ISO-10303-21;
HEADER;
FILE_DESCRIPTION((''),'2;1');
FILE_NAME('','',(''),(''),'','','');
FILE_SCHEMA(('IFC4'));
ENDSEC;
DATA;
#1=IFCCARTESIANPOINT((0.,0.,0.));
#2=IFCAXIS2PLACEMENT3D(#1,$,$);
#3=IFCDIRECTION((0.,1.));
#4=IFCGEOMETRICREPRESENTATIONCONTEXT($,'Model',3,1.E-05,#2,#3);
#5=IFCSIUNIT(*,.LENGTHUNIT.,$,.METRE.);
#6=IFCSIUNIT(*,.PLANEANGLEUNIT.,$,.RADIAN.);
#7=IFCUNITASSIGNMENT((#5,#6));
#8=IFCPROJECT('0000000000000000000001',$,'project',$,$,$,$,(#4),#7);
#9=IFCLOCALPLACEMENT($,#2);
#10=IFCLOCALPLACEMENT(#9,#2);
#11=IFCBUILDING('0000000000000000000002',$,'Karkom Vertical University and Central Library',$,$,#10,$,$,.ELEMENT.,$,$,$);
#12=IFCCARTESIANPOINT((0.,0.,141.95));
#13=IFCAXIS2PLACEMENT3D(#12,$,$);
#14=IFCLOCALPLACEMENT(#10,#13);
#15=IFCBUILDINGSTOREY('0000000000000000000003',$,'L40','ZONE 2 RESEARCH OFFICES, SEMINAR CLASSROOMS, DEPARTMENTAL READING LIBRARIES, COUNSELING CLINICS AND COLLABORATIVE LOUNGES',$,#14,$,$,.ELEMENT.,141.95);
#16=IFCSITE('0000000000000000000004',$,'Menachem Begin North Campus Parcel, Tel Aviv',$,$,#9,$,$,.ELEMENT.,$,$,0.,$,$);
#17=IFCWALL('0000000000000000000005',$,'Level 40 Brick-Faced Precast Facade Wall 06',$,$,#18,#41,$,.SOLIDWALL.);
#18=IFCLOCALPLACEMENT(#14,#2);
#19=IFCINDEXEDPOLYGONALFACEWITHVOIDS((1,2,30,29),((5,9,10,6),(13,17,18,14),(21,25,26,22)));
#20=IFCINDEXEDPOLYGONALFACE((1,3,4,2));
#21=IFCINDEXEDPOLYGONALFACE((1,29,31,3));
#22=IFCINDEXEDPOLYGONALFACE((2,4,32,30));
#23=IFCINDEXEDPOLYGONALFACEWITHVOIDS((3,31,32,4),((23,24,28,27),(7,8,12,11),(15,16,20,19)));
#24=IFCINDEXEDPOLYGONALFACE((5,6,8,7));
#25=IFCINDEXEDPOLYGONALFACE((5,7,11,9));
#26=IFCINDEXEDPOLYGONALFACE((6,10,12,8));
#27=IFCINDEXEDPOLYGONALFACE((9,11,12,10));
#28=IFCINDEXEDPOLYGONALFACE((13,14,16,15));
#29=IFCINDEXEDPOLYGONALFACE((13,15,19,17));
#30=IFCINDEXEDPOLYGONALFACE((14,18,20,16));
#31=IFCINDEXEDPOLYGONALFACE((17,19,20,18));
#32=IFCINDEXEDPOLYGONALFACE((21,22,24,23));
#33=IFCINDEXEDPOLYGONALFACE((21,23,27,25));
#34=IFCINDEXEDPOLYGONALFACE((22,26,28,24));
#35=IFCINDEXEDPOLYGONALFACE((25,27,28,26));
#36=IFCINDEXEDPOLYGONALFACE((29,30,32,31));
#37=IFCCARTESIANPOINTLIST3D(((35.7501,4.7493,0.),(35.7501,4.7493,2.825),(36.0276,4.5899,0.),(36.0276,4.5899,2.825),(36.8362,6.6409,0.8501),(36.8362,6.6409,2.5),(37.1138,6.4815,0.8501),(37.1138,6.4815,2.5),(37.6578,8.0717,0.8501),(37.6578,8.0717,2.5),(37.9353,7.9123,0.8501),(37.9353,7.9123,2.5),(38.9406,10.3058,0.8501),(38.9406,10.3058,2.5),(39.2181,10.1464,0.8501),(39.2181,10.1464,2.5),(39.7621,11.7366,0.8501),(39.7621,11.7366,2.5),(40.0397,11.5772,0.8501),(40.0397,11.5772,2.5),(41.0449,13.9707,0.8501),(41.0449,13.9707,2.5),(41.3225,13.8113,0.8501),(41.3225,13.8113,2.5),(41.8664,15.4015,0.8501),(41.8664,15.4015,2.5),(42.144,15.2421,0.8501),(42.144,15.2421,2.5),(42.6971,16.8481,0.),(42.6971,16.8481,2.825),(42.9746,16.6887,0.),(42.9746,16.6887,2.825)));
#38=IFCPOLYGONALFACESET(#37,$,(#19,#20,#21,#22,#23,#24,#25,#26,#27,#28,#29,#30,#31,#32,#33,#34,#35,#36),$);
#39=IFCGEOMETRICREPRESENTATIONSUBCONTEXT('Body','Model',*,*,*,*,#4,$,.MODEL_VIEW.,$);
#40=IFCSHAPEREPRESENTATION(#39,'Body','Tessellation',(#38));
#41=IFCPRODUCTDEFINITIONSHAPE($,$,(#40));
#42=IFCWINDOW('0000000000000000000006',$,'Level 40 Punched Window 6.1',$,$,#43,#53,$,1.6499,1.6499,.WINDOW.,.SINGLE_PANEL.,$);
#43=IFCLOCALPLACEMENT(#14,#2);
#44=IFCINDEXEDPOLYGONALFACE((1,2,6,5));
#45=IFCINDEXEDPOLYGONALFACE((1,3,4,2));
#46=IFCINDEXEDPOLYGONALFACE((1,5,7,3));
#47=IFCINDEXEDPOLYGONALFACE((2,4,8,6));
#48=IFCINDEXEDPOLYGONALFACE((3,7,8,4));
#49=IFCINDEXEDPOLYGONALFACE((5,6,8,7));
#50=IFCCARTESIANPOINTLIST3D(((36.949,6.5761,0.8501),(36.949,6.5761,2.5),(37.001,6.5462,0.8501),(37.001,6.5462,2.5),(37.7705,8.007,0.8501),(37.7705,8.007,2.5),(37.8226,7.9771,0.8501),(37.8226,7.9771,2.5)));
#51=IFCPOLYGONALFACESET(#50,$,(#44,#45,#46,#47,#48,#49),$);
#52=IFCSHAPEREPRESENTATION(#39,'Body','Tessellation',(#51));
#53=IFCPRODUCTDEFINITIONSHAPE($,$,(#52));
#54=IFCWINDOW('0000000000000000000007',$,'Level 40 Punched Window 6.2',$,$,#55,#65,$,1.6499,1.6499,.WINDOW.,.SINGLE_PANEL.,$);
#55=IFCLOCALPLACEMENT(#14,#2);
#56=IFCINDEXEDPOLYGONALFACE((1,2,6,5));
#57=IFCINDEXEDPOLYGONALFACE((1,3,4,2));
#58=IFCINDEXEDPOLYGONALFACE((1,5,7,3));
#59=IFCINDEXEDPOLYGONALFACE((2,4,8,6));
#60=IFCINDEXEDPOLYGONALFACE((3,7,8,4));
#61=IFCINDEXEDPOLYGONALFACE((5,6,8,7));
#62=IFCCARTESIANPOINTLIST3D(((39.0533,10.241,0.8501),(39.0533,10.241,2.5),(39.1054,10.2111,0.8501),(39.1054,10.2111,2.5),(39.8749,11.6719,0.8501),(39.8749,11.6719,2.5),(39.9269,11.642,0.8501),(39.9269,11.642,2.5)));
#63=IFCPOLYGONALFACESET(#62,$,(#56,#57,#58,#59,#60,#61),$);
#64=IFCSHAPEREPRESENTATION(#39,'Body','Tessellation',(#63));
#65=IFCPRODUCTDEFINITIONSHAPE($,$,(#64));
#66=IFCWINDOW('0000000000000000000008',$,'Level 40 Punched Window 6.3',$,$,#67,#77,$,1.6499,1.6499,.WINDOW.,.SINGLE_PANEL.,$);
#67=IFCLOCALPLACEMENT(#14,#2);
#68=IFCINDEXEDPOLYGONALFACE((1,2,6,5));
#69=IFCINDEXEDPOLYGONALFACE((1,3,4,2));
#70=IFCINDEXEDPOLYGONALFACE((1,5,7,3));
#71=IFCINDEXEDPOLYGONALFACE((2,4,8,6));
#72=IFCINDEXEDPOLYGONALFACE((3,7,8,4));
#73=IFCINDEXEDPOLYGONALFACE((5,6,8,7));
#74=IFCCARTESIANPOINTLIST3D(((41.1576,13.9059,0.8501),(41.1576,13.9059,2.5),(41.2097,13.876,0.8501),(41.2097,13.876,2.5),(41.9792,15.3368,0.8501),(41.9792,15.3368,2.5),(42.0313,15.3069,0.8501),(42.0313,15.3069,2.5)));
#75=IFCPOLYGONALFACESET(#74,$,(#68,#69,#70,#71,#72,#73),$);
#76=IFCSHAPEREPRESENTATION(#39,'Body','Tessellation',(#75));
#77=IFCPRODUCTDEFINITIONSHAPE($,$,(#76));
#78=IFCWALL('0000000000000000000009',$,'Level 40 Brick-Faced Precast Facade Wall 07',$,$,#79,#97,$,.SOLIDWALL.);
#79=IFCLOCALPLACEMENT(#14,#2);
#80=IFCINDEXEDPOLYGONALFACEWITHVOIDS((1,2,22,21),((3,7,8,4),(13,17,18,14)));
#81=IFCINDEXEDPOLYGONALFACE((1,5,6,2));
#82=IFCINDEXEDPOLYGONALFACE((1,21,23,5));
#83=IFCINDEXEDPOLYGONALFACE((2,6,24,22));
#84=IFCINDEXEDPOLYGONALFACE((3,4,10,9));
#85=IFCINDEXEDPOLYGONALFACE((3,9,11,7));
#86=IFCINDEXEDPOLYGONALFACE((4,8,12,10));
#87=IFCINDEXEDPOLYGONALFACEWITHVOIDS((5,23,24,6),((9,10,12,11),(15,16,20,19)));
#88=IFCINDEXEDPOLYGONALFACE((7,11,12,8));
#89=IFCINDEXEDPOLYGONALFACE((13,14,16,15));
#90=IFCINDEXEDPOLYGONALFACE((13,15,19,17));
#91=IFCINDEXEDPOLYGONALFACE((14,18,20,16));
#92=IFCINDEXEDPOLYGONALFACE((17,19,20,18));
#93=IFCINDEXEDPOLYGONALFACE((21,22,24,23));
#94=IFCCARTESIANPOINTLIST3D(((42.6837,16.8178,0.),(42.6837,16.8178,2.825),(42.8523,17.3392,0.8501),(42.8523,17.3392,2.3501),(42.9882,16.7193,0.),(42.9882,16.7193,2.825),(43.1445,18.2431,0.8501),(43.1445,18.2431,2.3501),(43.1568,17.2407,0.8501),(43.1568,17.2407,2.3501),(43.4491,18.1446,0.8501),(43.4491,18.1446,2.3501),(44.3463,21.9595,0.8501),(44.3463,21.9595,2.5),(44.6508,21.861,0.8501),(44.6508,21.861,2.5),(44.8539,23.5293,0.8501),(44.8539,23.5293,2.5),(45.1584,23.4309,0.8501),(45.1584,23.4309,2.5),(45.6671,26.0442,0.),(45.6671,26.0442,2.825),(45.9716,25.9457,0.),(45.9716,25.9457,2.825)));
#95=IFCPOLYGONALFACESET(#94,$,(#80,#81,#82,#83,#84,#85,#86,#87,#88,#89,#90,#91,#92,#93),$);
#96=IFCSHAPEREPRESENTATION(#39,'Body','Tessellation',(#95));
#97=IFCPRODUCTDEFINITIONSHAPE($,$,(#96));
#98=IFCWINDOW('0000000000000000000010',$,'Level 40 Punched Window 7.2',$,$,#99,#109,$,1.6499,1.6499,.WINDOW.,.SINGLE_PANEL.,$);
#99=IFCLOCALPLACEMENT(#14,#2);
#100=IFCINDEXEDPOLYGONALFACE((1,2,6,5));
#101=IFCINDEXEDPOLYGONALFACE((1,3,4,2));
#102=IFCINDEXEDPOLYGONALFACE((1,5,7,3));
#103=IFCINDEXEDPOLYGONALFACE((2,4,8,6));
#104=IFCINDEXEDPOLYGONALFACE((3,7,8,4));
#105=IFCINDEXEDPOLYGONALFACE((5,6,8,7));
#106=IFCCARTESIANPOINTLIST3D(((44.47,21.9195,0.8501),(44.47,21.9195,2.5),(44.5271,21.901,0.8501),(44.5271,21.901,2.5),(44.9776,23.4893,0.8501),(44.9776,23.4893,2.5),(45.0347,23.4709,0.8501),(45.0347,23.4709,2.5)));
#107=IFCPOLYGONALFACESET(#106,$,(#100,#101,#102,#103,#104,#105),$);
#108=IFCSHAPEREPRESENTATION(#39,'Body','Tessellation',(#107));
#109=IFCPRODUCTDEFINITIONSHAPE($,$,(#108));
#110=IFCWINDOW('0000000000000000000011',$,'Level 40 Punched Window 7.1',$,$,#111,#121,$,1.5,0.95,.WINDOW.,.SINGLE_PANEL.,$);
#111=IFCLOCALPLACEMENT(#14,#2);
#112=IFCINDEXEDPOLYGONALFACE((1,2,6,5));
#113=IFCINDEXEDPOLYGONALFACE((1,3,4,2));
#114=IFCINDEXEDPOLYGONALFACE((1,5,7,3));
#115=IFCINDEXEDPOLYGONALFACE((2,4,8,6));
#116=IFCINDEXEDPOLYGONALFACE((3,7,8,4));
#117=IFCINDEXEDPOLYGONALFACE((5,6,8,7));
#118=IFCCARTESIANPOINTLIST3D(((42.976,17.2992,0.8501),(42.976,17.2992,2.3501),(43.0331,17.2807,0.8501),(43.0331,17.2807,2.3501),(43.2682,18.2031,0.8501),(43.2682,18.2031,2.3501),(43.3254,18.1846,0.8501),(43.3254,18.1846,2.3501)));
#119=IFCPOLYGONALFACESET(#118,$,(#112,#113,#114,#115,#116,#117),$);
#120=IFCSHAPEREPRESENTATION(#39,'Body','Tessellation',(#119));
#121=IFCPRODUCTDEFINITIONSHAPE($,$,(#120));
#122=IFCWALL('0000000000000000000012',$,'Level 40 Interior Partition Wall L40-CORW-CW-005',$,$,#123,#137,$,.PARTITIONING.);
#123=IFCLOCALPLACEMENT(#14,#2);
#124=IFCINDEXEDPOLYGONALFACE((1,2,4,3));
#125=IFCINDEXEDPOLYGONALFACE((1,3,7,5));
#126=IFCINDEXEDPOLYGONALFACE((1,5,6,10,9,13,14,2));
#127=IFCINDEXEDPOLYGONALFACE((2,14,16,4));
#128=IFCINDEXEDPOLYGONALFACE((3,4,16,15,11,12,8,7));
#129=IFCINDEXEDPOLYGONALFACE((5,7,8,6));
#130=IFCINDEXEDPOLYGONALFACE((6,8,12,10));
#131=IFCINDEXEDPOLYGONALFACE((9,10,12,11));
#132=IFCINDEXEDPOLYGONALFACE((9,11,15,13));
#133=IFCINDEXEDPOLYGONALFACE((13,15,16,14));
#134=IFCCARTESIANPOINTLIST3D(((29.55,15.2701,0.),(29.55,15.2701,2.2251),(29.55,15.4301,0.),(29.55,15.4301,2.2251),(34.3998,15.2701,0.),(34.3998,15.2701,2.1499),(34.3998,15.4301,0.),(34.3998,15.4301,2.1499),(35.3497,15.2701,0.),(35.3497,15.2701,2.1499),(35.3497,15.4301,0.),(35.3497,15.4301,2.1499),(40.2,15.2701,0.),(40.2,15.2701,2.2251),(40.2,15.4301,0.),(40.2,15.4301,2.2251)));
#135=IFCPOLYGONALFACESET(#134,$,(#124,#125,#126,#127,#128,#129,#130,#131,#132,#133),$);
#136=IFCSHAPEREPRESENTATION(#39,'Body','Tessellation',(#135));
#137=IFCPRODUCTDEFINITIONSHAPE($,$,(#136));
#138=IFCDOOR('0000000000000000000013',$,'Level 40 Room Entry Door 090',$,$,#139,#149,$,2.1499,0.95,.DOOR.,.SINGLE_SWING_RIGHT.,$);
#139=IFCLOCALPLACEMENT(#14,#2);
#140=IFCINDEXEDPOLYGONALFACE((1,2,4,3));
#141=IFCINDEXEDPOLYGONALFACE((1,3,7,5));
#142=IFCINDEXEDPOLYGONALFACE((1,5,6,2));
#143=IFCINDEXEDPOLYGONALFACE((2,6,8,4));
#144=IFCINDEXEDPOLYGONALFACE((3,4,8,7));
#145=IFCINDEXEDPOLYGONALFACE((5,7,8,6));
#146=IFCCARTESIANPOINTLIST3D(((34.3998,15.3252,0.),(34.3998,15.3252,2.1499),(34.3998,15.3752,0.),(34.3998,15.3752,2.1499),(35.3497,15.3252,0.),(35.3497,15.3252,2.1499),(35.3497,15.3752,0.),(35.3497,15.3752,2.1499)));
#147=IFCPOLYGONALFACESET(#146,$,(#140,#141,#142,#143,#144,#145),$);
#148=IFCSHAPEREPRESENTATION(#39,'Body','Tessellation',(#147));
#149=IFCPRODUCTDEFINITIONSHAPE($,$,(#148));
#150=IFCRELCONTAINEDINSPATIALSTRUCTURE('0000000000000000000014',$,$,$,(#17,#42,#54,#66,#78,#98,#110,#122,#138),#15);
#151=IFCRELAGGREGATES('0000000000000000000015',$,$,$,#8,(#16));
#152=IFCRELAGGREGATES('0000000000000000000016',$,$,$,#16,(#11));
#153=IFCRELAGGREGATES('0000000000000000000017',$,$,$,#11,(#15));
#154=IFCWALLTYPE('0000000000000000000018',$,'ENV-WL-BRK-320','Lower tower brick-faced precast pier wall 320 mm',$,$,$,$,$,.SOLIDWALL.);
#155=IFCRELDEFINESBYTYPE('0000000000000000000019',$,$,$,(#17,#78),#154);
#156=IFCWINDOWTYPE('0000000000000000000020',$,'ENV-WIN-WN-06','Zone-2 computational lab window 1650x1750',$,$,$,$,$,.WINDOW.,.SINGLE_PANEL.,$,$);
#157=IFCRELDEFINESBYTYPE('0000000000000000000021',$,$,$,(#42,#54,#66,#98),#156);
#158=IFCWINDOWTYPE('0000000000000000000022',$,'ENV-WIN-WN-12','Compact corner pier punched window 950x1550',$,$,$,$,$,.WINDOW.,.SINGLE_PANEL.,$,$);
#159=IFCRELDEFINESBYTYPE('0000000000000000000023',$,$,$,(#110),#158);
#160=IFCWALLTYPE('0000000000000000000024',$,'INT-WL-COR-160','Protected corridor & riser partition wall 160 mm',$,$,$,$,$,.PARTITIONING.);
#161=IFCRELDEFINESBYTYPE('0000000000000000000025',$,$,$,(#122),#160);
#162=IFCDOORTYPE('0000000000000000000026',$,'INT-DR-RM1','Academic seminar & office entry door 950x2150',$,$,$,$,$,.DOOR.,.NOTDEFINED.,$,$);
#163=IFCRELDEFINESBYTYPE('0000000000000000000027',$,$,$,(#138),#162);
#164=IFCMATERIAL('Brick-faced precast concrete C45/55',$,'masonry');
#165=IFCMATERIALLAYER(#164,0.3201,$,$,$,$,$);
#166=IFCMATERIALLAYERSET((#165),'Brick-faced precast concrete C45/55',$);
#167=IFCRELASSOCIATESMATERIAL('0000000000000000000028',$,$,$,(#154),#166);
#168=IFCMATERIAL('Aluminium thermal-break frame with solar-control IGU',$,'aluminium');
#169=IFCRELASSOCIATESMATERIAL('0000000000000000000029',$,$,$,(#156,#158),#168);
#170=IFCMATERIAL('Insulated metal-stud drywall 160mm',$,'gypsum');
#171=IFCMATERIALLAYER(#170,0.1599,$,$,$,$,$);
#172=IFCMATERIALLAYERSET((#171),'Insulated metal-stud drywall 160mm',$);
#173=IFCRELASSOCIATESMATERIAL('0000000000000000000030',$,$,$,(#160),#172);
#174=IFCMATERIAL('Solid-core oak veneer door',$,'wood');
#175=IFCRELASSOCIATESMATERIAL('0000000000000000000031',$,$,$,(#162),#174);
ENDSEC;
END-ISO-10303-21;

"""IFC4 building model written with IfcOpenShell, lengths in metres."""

from ifc_helpers import new_model, si_unit, direction, frame, frame_2d, origin, origin_with_axes, place, context, subcontext, project, spatial, rectangle, extrude, source, transform, mapped, material, layer, layer_set, type_object, element, fill, save


model = new_model("IFC4")

# Units and contexts
model_context = context("Model", 3, precision=1e-05, world=origin(), true_north=direction((0.0, 1.0)))
body_context = subcontext(model_context, "Body", "Model", "MODEL_VIEW")
ifc_project = project(units=[si_unit("LENGTHUNIT", "METRE"), si_unit("PLANEANGLEUNIT", "RADIAN")], contexts=[model_context])

# Site, building, storey
site_placement = place(None, origin())
site = spatial("IfcSite", under=ifc_project, at=site_placement, Name="Menachem Begin North Campus Parcel, Tel Aviv", CompositionType="ELEMENT", RefElevation=0.0)
building_placement = place(site_placement, origin())
building = spatial("IfcBuilding", under=site, at=building_placement, Name="Karkom Vertical University and Central Library", CompositionType="ELEMENT")
storey_placement = place(building_placement, frame((0.0, 0.0, 141.95)))
storey = spatial("IfcBuildingStorey", under=building, at=storey_placement, Name="L40", Description="ZONE 2 RESEARCH OFFICES, SEMINAR CLASSROOMS, DEPARTMENTAL READING LIBRARIES, COUNSELING CLINICS AND COLLABORATIVE LOUNGES", CompositionType="ELEMENT", Elevation=141.95)

# Walls, openings, windows
ifc_material_1 = material(Name="Brick-faced precast concrete C45/55", Category="masonry")
ifc_layer_1 = layer(ifc_material_1, 0.3201)
ifc_layer_set_1 = layer_set([ifc_layer_1], Name="Brick-faced precast concrete C45/55")
wall_type_1 = type_object("IfcWallType", Name="ENV-WL-BRK-320", Description="Lower tower brick-faced precast pier wall 320 mm", PredefinedType="SOLIDWALL", material=ifc_layer_set_1)
wall_1_placement = place(storey_placement, frame((35.8889, 4.6697, 0.0), z_axis=(0.0, 0.0, 1.0), x_axis=(0.497941, 0.867211, 0.0)))
wall_1 = element("IfcWall", 1, at=wall_1_placement, inside=storey, type_object=wall_type_1, Name="Level 40 Brick-Faced Precast Facade Wall 06", PredefinedType="SOLIDWALL", context=body_context, shape_type="SweptSolid", body=[
    extrude(rectangle(XDim=13.9514, YDim=0.3201, at=frame_2d((6.9756, 0.0))), origin(), (0.0, 0.0, 1.0), 2.825),
])
opening_1_placement = place(wall_1_placement, frame((2.1812, 0.0, 0.8501)))
opening_1 = element("IfcOpeningElement", 2, at=opening_1_placement, cuts=wall_1, PredefinedType="OPENING", context=body_context, shape_type="SweptSolid", body=[
    extrude(rectangle(XDim=1.6499, YDim=1.6499, at=frame_2d((0.825, 0.825))), frame((0.0, 0.1699, 0.0), z_axis=(0.0, -1.0, 0.0), x_axis=(1.0, 0.0, 0.0)), (0.0, 0.0, 1.0), 0.3401),
])
opening_2_placement = place(wall_1_placement, frame((6.4072, 0.0, 0.8501)))
opening_2 = element("IfcOpeningElement", 3, at=opening_2_placement, cuts=wall_1, PredefinedType="OPENING", context=body_context, shape_type="SweptSolid", body=[
    extrude(rectangle(XDim=1.6499, YDim=1.6499, at=frame_2d((0.825, 0.825))), frame((0.0, 0.1699, 0.0), z_axis=(0.0, -1.0, 0.0), x_axis=(1.0, 0.0, 0.0)), (0.0, 0.0, 1.0), 0.3401),
])
opening_3_placement = place(wall_1_placement, frame((10.6333, 0.0, 0.8501)))
opening_3 = element("IfcOpeningElement", 4, at=opening_3_placement, cuts=wall_1, PredefinedType="OPENING", context=body_context, shape_type="SweptSolid", body=[
    extrude(rectangle(XDim=1.6499, YDim=1.6499, at=frame_2d((0.825, 0.825))), frame((0.0, 0.1699, 0.0), z_axis=(0.0, -1.0, 0.0), x_axis=(1.0, 0.0, 0.0)), (0.0, 0.0, 1.0), 0.3401),
])
ifc_material_2 = material(Name="Aluminium thermal-break frame with solar-control IGU", Category="aluminium")
window_type_1 = type_object("IfcWindowType", Name="ENV-WIN-WN-06", Description="Zone-2 computational lab window 1650x1750", PartitioningType="SINGLE_PANEL", PredefinedType="WINDOW", material=ifc_material_2)
shared_shape_1 = source(origin_with_axes(), body_context, "Body", "SweptSolid", [
    extrude(rectangle(XDim=1.6499, YDim=1.6499, at=frame_2d((0.825, 0.825))), frame((0.0, 0.03, 0.0), z_axis=(0.0, -1.0, 0.0), x_axis=(1.0, 0.0, 0.0)), (0.0, 0.0, 1.0), 0.0601),
])
window_1_placement = place(opening_1_placement, origin())
window_1 = element("IfcWindow", 5, at=window_1_placement, inside=storey, type_object=window_type_1, Name="Level 40 Punched Window 6.1", OverallHeight=1.6499, OverallWidth=1.6499, PartitioningType="SINGLE_PANEL", PredefinedType="WINDOW", context=body_context, shape_type="MappedRepresentation", body=[
    mapped(shared_shape_1, transform((0.0, 0.0, 0.0), scale=1.0)),
])
fill(opening_1, window_1)
window_2_placement = place(opening_2_placement, origin())
window_2 = element("IfcWindow", 6, at=window_2_placement, inside=storey, type_object=window_type_1, Name="Level 40 Punched Window 6.2", OverallHeight=1.6499, OverallWidth=1.6499, PartitioningType="SINGLE_PANEL", PredefinedType="WINDOW", context=body_context, shape_type="MappedRepresentation", body=[
    mapped(shared_shape_1, transform((0.0, 0.0, 0.0), scale=1.0)),
])
fill(opening_2, window_2)
window_3_placement = place(opening_3_placement, origin())
window_3 = element("IfcWindow", 7, at=window_3_placement, inside=storey, type_object=window_type_1, Name="Level 40 Punched Window 6.3", OverallHeight=1.6499, OverallWidth=1.6499, PartitioningType="SINGLE_PANEL", PredefinedType="WINDOW", context=body_context, shape_type="MappedRepresentation", body=[
    mapped(shared_shape_1, transform((0.0, 0.0, 0.0), scale=1.0)),
])
fill(opening_3, window_3)
wall_2_placement = place(storey_placement, frame((42.8359, 16.7686, 0.0), z_axis=(0.0, 0.0, 1.0), x_axis=(0.307672, 0.951492, 0.0)))
wall_2 = element("IfcWall", 8, at=wall_2_placement, inside=storey, type_object=wall_type_1, Name="Level 40 Brick-Faced Precast Facade Wall 07", PredefinedType="SOLIDWALL", context=body_context, shape_type="SweptSolid", body=[
    extrude(rectangle(XDim=9.6968, YDim=0.3201, at=frame_2d((4.8484, 0.0))), origin(), (0.0, 0.0, 1.0), 2.825),
])
opening_4_placement = place(wall_2_placement, frame((0.5479, 0.0, 0.8501)))
opening_4 = element("IfcOpeningElement", 9, at=opening_4_placement, cuts=wall_2, PredefinedType="OPENING", context=body_context, shape_type="SweptSolid", body=[
    extrude(rectangle(XDim=0.95, YDim=1.5, at=frame_2d((0.4751, 0.75))), frame((0.0, 0.1699, 0.0), z_axis=(0.0, -1.0, 0.0), x_axis=(1.0, 0.0, 0.0)), (0.0, 0.0, 1.0), 0.3401),
])
opening_5_placement = place(wall_2_placement, frame((5.4038, 0.0, 0.8501)))
opening_5 = element("IfcOpeningElement", 10, at=opening_5_placement, cuts=wall_2, PredefinedType="OPENING", context=body_context, shape_type="SweptSolid", body=[
    extrude(rectangle(XDim=1.6499, YDim=1.6499, at=frame_2d((0.825, 0.825))), frame((0.0, 0.1699, 0.0), z_axis=(0.0, -1.0, 0.0), x_axis=(1.0, 0.0, 0.0)), (0.0, 0.0, 1.0), 0.3401),
])
window_4_placement = place(opening_5_placement, origin())
window_4 = element("IfcWindow", 11, at=window_4_placement, inside=storey, type_object=window_type_1, Name="Level 40 Punched Window 7.2", OverallHeight=1.6499, OverallWidth=1.6499, PartitioningType="SINGLE_PANEL", PredefinedType="WINDOW", context=body_context, shape_type="MappedRepresentation", body=[
    mapped(shared_shape_1, transform((0.0, 0.0, 0.0), scale=1.0)),
])
fill(opening_5, window_4)
window_type_2 = type_object("IfcWindowType", Name="ENV-WIN-WN-12", Description="Compact corner pier punched window 950x1550", PartitioningType="SINGLE_PANEL", PredefinedType="WINDOW", material=ifc_material_2)
shared_shape_2 = source(origin_with_axes(), body_context, "Body", "SweptSolid", [
    extrude(rectangle(XDim=0.95, YDim=1.5, at=frame_2d((0.4751, 0.75))), frame((0.0, 0.03, 0.0), z_axis=(0.0, -1.0, 0.0), x_axis=(1.0, 0.0, 0.0)), (0.0, 0.0, 1.0), 0.0601),
])
window_5_placement = place(opening_4_placement, origin())
window_5 = element("IfcWindow", 12, at=window_5_placement, inside=storey, type_object=window_type_2, Name="Level 40 Punched Window 7.1", OverallHeight=1.5, OverallWidth=0.95, PartitioningType="SINGLE_PANEL", PredefinedType="WINDOW", context=body_context, shape_type="MappedRepresentation", body=[
    mapped(shared_shape_2, transform((0.0, 0.0, 0.0), scale=1.0)),
])
fill(opening_4, window_5)

# Wall, opening, door
ifc_material_3 = material(Name="Insulated metal-stud drywall 160mm", Category="gypsum")
ifc_layer_2 = layer(ifc_material_3, 0.1599)
ifc_layer_set_2 = layer_set([ifc_layer_2], Name="Insulated metal-stud drywall 160mm")
wall_type_2 = type_object("IfcWallType", Name="INT-WL-COR-160", Description="Protected corridor & riser partition wall 160 mm", PredefinedType="PARTITIONING", material=ifc_layer_set_2)
wall_3_placement = place(storey_placement, frame((40.2, 15.3501, 0.0), z_axis=(0.0, 0.0, 1.0), x_axis=(-1.0, 0.0, 0.0)))
wall_3 = element("IfcWall", 13, at=wall_3_placement, inside=storey, type_object=wall_type_2, Name="Level 40 Interior Partition Wall L40-CORW-CW-005", PredefinedType="PARTITIONING", context=body_context, shape_type="SweptSolid", body=[
    extrude(rectangle(XDim=10.6499, YDim=0.1599, at=frame_2d((5.325, 0.0))), origin(), (0.0, 0.0, 1.0), 2.2251),
])
opening_6_placement = place(wall_3_placement, frame((4.8501, 0.0, 0.0)))
opening_6 = element("IfcOpeningElement", 14, at=opening_6_placement, cuts=wall_3, PredefinedType="OPENING", context=body_context, shape_type="SweptSolid", body=[
    extrude(rectangle(XDim=0.95, YDim=2.1499, at=frame_2d((0.4751, 1.075))), frame((0.0, 0.0898, 0.0), z_axis=(0.0, -1.0, 0.0), x_axis=(1.0, 0.0, 0.0)), (0.0, 0.0, 1.0), 0.1799),
])
ifc_material_4 = material(Name="Solid-core oak veneer door", Category="wood")
door_type_1 = type_object("IfcDoorType", Name="INT-DR-RM1", Description="Academic seminar & office entry door 950x2150", OperationType="NOTDEFINED", PredefinedType="DOOR", material=ifc_material_4)
shared_shape_3 = source(origin_with_axes(), body_context, "Body", "SweptSolid", [
    extrude(rectangle(XDim=0.95, YDim=2.1499, at=frame_2d((0.4751, 1.075))), frame((0.0, 0.0249, 0.0), z_axis=(0.0, -1.0, 0.0), x_axis=(1.0, 0.0, 0.0)), (0.0, 0.0, 1.0), 0.05),
])
door_1_placement = place(opening_6_placement, origin())
door_1 = element("IfcDoor", 15, at=door_1_placement, inside=storey, type_object=door_type_1, Name="Level 40 Room Entry Door 090", OperationType="SINGLE_SWING_RIGHT", OverallHeight=2.1499, OverallWidth=0.95, PredefinedType="DOOR", context=body_context, shape_type="MappedRepresentation", body=[
    mapped(shared_shape_3, transform((0.0, 0.0, 0.0), scale=1.0)),
])
fill(opening_6, door_1)

save(model, "model.ifc")
